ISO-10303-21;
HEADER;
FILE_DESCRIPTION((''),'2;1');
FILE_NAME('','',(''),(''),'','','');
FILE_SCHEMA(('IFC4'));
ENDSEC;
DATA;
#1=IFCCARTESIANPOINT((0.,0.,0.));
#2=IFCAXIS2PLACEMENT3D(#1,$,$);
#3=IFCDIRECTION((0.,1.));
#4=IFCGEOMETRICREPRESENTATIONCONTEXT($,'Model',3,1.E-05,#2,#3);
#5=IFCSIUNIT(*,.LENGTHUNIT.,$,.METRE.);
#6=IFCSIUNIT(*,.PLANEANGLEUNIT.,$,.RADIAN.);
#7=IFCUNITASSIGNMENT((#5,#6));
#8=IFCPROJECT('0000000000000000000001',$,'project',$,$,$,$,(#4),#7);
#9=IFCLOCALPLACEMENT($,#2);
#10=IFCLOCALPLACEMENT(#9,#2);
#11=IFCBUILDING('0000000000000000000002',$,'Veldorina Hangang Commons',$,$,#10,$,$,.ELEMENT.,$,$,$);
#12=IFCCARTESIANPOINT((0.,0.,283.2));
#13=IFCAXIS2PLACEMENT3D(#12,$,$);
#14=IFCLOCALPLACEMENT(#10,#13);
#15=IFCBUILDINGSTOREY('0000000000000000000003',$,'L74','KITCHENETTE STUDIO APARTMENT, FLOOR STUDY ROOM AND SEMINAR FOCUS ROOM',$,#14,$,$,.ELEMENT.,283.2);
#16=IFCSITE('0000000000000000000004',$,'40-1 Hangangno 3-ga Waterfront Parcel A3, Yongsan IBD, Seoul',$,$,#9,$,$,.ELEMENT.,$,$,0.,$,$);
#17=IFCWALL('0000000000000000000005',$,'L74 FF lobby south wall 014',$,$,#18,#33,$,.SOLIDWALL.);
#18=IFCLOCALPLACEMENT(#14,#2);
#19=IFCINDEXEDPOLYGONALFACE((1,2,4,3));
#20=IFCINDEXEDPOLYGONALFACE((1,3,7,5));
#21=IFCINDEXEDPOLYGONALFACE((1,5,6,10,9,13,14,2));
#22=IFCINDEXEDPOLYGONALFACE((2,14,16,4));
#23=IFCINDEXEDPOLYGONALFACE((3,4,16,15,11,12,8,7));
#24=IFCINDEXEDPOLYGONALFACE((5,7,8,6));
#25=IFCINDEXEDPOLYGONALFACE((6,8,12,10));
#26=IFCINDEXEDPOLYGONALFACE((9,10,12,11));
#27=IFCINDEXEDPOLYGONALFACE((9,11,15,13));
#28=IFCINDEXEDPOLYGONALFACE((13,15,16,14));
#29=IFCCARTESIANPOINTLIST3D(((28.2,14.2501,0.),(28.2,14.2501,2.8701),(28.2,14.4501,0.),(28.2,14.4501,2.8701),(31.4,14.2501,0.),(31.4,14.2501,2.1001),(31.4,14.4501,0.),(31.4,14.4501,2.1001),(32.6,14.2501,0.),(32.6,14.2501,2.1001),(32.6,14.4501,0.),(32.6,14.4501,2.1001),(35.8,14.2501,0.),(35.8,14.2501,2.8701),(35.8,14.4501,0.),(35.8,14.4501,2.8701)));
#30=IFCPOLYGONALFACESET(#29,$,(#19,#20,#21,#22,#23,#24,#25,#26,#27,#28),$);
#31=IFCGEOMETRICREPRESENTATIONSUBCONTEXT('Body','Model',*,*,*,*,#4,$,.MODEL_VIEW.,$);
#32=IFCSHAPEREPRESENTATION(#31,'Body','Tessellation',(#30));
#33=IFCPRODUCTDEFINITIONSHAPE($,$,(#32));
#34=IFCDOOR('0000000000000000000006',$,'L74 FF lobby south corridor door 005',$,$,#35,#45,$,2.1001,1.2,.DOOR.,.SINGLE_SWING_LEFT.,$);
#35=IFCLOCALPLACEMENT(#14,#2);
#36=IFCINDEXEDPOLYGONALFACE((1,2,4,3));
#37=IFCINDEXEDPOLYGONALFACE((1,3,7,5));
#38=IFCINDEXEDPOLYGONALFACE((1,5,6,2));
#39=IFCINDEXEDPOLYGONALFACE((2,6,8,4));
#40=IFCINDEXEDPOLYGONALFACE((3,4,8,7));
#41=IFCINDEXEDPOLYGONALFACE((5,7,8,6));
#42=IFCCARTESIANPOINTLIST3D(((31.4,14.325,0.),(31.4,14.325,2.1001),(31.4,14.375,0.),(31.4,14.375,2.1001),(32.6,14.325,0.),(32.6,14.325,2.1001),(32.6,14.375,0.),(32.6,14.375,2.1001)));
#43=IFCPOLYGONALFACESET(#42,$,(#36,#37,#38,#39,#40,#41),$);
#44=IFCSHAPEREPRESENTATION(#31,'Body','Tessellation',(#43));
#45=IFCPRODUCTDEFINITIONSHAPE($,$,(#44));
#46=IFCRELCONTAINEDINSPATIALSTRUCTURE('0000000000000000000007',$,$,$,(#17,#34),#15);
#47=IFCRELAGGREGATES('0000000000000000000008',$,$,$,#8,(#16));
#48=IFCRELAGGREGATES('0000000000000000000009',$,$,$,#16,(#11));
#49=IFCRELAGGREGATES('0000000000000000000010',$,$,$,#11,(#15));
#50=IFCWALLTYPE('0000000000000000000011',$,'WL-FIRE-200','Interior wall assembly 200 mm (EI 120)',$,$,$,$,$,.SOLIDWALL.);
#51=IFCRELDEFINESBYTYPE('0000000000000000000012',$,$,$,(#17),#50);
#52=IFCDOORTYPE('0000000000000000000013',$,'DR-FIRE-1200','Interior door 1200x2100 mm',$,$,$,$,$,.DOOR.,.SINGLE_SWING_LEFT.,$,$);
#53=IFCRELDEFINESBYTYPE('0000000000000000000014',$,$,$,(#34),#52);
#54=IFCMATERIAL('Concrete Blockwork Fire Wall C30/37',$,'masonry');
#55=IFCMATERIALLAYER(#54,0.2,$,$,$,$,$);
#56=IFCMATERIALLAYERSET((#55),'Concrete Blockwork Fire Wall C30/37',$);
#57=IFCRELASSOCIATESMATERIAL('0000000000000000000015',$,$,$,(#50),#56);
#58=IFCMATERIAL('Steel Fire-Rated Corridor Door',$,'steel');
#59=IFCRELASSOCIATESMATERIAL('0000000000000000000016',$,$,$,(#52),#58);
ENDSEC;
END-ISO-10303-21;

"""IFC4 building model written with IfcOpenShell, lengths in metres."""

from ifc_helpers import new_model, si_unit, direction, frame, frame_2d, origin, place, context, subcontext, project, spatial, rectangle, extrude, material, layer, layer_set, type_object, element, fill, save


model = new_model("IFC4")

# Units and contexts
model_context = context("Model", 3, precision=1e-05, world=origin(), true_north=direction((0.0, 1.0)))
body_context = subcontext(model_context, "Body", "Model", "MODEL_VIEW")
ifc_project = project(units=[si_unit("LENGTHUNIT", "METRE"), si_unit("PLANEANGLEUNIT", "RADIAN")], contexts=[model_context])

# Site, building, storey
site_placement = place(None, origin())
site = spatial("IfcSite", under=ifc_project, at=site_placement, Name="40-1 Hangangno 3-ga Waterfront Parcel A3, Yongsan IBD, Seoul", CompositionType="ELEMENT", RefElevation=0.0)
building_placement = place(site_placement, origin())
building = spatial("IfcBuilding", under=site, at=building_placement, Name="Veldorina Hangang Commons", CompositionType="ELEMENT")
storey_placement = place(building_placement, frame((0.0, 0.0, 283.2)))
storey = spatial("IfcBuildingStorey", under=building, at=storey_placement, Name="L74", Description="KITCHENETTE STUDIO APARTMENT, FLOOR STUDY ROOM AND SEMINAR FOCUS ROOM", CompositionType="ELEMENT", Elevation=283.2)

# Shared definitions
ifc_material_1 = material(Name="Concrete Blockwork Fire Wall C30/37", Category="masonry")
ifc_layer_1 = layer(ifc_material_1, 0.2)
ifc_layer_set_1 = layer_set([ifc_layer_1], Name="Concrete Blockwork Fire Wall C30/37")
wall_type_1 = type_object("IfcWallType", Name="WL-FIRE-200", Description="Interior wall assembly 200 mm (EI 120)", PredefinedType="SOLIDWALL", material=ifc_layer_set_1)

# Wall, opening, door
wall_1_placement = place(storey_placement, frame((28.2, 14.3501, 0.0), z_axis=(0.0, 0.0, 1.0), x_axis=(1.0, 0.0, 0.0)))
wall_1 = element("IfcWall", 1, at=wall_1_placement, inside=storey, type_object=wall_type_1, Name="L74 FF lobby south wall 014", PredefinedType="SOLIDWALL", context=body_context, shape_type="SweptSolid", body=[
    extrude(rectangle(XDim=7.6001, YDim=0.2, at=frame_2d((3.8, 0.0))), origin(), (0.0, 0.0, 1.0), 2.8701),
])
opening_1_placement = place(wall_1_placement, frame((3.2, 0.0, 0.0)))
opening_1 = element("IfcOpeningElement", 2, at=opening_1_placement, cuts=wall_1, PredefinedType="OPENING", context=body_context, shape_type="SweptSolid", body=[
    extrude(rectangle(XDim=1.2, YDim=2.1001, at=frame_2d((0.6001, 1.05))), frame((0.0, 0.1099, 0.0), z_axis=(0.0, -1.0, 0.0), x_axis=(1.0, 0.0, 0.0)), (0.0, 0.0, 1.0), 0.22),
])
ifc_material_2 = material(Name="Steel Fire-Rated Corridor Door", Category="steel")
door_type_1 = type_object("IfcDoorType", Name="DR-FIRE-1200", Description="Interior door 1200x2100 mm", OperationType="SINGLE_SWING_LEFT", PredefinedType="DOOR", material=ifc_material_2)
door_1_placement = place(opening_1_placement, origin())
door_1 = element("IfcDoor", 3, at=door_1_placement, inside=storey, type_object=door_type_1, Name="L74 FF lobby south corridor door 005", OperationType="SINGLE_SWING_LEFT", OverallHeight=2.1001, OverallWidth=1.2, PredefinedType="DOOR", context=body_context, shape_type="SweptSolid", body=[
    extrude(rectangle(XDim=1.2, YDim=2.1001, at=frame_2d((0.6001, 1.05))), frame((0.0, 0.0249, 0.0), z_axis=(0.0, -1.0, 0.0), x_axis=(1.0, 0.0, 0.0)), (0.0, 0.0, 1.0), 0.05),
])
fill(opening_1, door_1)

save(model, "model.ifc")
